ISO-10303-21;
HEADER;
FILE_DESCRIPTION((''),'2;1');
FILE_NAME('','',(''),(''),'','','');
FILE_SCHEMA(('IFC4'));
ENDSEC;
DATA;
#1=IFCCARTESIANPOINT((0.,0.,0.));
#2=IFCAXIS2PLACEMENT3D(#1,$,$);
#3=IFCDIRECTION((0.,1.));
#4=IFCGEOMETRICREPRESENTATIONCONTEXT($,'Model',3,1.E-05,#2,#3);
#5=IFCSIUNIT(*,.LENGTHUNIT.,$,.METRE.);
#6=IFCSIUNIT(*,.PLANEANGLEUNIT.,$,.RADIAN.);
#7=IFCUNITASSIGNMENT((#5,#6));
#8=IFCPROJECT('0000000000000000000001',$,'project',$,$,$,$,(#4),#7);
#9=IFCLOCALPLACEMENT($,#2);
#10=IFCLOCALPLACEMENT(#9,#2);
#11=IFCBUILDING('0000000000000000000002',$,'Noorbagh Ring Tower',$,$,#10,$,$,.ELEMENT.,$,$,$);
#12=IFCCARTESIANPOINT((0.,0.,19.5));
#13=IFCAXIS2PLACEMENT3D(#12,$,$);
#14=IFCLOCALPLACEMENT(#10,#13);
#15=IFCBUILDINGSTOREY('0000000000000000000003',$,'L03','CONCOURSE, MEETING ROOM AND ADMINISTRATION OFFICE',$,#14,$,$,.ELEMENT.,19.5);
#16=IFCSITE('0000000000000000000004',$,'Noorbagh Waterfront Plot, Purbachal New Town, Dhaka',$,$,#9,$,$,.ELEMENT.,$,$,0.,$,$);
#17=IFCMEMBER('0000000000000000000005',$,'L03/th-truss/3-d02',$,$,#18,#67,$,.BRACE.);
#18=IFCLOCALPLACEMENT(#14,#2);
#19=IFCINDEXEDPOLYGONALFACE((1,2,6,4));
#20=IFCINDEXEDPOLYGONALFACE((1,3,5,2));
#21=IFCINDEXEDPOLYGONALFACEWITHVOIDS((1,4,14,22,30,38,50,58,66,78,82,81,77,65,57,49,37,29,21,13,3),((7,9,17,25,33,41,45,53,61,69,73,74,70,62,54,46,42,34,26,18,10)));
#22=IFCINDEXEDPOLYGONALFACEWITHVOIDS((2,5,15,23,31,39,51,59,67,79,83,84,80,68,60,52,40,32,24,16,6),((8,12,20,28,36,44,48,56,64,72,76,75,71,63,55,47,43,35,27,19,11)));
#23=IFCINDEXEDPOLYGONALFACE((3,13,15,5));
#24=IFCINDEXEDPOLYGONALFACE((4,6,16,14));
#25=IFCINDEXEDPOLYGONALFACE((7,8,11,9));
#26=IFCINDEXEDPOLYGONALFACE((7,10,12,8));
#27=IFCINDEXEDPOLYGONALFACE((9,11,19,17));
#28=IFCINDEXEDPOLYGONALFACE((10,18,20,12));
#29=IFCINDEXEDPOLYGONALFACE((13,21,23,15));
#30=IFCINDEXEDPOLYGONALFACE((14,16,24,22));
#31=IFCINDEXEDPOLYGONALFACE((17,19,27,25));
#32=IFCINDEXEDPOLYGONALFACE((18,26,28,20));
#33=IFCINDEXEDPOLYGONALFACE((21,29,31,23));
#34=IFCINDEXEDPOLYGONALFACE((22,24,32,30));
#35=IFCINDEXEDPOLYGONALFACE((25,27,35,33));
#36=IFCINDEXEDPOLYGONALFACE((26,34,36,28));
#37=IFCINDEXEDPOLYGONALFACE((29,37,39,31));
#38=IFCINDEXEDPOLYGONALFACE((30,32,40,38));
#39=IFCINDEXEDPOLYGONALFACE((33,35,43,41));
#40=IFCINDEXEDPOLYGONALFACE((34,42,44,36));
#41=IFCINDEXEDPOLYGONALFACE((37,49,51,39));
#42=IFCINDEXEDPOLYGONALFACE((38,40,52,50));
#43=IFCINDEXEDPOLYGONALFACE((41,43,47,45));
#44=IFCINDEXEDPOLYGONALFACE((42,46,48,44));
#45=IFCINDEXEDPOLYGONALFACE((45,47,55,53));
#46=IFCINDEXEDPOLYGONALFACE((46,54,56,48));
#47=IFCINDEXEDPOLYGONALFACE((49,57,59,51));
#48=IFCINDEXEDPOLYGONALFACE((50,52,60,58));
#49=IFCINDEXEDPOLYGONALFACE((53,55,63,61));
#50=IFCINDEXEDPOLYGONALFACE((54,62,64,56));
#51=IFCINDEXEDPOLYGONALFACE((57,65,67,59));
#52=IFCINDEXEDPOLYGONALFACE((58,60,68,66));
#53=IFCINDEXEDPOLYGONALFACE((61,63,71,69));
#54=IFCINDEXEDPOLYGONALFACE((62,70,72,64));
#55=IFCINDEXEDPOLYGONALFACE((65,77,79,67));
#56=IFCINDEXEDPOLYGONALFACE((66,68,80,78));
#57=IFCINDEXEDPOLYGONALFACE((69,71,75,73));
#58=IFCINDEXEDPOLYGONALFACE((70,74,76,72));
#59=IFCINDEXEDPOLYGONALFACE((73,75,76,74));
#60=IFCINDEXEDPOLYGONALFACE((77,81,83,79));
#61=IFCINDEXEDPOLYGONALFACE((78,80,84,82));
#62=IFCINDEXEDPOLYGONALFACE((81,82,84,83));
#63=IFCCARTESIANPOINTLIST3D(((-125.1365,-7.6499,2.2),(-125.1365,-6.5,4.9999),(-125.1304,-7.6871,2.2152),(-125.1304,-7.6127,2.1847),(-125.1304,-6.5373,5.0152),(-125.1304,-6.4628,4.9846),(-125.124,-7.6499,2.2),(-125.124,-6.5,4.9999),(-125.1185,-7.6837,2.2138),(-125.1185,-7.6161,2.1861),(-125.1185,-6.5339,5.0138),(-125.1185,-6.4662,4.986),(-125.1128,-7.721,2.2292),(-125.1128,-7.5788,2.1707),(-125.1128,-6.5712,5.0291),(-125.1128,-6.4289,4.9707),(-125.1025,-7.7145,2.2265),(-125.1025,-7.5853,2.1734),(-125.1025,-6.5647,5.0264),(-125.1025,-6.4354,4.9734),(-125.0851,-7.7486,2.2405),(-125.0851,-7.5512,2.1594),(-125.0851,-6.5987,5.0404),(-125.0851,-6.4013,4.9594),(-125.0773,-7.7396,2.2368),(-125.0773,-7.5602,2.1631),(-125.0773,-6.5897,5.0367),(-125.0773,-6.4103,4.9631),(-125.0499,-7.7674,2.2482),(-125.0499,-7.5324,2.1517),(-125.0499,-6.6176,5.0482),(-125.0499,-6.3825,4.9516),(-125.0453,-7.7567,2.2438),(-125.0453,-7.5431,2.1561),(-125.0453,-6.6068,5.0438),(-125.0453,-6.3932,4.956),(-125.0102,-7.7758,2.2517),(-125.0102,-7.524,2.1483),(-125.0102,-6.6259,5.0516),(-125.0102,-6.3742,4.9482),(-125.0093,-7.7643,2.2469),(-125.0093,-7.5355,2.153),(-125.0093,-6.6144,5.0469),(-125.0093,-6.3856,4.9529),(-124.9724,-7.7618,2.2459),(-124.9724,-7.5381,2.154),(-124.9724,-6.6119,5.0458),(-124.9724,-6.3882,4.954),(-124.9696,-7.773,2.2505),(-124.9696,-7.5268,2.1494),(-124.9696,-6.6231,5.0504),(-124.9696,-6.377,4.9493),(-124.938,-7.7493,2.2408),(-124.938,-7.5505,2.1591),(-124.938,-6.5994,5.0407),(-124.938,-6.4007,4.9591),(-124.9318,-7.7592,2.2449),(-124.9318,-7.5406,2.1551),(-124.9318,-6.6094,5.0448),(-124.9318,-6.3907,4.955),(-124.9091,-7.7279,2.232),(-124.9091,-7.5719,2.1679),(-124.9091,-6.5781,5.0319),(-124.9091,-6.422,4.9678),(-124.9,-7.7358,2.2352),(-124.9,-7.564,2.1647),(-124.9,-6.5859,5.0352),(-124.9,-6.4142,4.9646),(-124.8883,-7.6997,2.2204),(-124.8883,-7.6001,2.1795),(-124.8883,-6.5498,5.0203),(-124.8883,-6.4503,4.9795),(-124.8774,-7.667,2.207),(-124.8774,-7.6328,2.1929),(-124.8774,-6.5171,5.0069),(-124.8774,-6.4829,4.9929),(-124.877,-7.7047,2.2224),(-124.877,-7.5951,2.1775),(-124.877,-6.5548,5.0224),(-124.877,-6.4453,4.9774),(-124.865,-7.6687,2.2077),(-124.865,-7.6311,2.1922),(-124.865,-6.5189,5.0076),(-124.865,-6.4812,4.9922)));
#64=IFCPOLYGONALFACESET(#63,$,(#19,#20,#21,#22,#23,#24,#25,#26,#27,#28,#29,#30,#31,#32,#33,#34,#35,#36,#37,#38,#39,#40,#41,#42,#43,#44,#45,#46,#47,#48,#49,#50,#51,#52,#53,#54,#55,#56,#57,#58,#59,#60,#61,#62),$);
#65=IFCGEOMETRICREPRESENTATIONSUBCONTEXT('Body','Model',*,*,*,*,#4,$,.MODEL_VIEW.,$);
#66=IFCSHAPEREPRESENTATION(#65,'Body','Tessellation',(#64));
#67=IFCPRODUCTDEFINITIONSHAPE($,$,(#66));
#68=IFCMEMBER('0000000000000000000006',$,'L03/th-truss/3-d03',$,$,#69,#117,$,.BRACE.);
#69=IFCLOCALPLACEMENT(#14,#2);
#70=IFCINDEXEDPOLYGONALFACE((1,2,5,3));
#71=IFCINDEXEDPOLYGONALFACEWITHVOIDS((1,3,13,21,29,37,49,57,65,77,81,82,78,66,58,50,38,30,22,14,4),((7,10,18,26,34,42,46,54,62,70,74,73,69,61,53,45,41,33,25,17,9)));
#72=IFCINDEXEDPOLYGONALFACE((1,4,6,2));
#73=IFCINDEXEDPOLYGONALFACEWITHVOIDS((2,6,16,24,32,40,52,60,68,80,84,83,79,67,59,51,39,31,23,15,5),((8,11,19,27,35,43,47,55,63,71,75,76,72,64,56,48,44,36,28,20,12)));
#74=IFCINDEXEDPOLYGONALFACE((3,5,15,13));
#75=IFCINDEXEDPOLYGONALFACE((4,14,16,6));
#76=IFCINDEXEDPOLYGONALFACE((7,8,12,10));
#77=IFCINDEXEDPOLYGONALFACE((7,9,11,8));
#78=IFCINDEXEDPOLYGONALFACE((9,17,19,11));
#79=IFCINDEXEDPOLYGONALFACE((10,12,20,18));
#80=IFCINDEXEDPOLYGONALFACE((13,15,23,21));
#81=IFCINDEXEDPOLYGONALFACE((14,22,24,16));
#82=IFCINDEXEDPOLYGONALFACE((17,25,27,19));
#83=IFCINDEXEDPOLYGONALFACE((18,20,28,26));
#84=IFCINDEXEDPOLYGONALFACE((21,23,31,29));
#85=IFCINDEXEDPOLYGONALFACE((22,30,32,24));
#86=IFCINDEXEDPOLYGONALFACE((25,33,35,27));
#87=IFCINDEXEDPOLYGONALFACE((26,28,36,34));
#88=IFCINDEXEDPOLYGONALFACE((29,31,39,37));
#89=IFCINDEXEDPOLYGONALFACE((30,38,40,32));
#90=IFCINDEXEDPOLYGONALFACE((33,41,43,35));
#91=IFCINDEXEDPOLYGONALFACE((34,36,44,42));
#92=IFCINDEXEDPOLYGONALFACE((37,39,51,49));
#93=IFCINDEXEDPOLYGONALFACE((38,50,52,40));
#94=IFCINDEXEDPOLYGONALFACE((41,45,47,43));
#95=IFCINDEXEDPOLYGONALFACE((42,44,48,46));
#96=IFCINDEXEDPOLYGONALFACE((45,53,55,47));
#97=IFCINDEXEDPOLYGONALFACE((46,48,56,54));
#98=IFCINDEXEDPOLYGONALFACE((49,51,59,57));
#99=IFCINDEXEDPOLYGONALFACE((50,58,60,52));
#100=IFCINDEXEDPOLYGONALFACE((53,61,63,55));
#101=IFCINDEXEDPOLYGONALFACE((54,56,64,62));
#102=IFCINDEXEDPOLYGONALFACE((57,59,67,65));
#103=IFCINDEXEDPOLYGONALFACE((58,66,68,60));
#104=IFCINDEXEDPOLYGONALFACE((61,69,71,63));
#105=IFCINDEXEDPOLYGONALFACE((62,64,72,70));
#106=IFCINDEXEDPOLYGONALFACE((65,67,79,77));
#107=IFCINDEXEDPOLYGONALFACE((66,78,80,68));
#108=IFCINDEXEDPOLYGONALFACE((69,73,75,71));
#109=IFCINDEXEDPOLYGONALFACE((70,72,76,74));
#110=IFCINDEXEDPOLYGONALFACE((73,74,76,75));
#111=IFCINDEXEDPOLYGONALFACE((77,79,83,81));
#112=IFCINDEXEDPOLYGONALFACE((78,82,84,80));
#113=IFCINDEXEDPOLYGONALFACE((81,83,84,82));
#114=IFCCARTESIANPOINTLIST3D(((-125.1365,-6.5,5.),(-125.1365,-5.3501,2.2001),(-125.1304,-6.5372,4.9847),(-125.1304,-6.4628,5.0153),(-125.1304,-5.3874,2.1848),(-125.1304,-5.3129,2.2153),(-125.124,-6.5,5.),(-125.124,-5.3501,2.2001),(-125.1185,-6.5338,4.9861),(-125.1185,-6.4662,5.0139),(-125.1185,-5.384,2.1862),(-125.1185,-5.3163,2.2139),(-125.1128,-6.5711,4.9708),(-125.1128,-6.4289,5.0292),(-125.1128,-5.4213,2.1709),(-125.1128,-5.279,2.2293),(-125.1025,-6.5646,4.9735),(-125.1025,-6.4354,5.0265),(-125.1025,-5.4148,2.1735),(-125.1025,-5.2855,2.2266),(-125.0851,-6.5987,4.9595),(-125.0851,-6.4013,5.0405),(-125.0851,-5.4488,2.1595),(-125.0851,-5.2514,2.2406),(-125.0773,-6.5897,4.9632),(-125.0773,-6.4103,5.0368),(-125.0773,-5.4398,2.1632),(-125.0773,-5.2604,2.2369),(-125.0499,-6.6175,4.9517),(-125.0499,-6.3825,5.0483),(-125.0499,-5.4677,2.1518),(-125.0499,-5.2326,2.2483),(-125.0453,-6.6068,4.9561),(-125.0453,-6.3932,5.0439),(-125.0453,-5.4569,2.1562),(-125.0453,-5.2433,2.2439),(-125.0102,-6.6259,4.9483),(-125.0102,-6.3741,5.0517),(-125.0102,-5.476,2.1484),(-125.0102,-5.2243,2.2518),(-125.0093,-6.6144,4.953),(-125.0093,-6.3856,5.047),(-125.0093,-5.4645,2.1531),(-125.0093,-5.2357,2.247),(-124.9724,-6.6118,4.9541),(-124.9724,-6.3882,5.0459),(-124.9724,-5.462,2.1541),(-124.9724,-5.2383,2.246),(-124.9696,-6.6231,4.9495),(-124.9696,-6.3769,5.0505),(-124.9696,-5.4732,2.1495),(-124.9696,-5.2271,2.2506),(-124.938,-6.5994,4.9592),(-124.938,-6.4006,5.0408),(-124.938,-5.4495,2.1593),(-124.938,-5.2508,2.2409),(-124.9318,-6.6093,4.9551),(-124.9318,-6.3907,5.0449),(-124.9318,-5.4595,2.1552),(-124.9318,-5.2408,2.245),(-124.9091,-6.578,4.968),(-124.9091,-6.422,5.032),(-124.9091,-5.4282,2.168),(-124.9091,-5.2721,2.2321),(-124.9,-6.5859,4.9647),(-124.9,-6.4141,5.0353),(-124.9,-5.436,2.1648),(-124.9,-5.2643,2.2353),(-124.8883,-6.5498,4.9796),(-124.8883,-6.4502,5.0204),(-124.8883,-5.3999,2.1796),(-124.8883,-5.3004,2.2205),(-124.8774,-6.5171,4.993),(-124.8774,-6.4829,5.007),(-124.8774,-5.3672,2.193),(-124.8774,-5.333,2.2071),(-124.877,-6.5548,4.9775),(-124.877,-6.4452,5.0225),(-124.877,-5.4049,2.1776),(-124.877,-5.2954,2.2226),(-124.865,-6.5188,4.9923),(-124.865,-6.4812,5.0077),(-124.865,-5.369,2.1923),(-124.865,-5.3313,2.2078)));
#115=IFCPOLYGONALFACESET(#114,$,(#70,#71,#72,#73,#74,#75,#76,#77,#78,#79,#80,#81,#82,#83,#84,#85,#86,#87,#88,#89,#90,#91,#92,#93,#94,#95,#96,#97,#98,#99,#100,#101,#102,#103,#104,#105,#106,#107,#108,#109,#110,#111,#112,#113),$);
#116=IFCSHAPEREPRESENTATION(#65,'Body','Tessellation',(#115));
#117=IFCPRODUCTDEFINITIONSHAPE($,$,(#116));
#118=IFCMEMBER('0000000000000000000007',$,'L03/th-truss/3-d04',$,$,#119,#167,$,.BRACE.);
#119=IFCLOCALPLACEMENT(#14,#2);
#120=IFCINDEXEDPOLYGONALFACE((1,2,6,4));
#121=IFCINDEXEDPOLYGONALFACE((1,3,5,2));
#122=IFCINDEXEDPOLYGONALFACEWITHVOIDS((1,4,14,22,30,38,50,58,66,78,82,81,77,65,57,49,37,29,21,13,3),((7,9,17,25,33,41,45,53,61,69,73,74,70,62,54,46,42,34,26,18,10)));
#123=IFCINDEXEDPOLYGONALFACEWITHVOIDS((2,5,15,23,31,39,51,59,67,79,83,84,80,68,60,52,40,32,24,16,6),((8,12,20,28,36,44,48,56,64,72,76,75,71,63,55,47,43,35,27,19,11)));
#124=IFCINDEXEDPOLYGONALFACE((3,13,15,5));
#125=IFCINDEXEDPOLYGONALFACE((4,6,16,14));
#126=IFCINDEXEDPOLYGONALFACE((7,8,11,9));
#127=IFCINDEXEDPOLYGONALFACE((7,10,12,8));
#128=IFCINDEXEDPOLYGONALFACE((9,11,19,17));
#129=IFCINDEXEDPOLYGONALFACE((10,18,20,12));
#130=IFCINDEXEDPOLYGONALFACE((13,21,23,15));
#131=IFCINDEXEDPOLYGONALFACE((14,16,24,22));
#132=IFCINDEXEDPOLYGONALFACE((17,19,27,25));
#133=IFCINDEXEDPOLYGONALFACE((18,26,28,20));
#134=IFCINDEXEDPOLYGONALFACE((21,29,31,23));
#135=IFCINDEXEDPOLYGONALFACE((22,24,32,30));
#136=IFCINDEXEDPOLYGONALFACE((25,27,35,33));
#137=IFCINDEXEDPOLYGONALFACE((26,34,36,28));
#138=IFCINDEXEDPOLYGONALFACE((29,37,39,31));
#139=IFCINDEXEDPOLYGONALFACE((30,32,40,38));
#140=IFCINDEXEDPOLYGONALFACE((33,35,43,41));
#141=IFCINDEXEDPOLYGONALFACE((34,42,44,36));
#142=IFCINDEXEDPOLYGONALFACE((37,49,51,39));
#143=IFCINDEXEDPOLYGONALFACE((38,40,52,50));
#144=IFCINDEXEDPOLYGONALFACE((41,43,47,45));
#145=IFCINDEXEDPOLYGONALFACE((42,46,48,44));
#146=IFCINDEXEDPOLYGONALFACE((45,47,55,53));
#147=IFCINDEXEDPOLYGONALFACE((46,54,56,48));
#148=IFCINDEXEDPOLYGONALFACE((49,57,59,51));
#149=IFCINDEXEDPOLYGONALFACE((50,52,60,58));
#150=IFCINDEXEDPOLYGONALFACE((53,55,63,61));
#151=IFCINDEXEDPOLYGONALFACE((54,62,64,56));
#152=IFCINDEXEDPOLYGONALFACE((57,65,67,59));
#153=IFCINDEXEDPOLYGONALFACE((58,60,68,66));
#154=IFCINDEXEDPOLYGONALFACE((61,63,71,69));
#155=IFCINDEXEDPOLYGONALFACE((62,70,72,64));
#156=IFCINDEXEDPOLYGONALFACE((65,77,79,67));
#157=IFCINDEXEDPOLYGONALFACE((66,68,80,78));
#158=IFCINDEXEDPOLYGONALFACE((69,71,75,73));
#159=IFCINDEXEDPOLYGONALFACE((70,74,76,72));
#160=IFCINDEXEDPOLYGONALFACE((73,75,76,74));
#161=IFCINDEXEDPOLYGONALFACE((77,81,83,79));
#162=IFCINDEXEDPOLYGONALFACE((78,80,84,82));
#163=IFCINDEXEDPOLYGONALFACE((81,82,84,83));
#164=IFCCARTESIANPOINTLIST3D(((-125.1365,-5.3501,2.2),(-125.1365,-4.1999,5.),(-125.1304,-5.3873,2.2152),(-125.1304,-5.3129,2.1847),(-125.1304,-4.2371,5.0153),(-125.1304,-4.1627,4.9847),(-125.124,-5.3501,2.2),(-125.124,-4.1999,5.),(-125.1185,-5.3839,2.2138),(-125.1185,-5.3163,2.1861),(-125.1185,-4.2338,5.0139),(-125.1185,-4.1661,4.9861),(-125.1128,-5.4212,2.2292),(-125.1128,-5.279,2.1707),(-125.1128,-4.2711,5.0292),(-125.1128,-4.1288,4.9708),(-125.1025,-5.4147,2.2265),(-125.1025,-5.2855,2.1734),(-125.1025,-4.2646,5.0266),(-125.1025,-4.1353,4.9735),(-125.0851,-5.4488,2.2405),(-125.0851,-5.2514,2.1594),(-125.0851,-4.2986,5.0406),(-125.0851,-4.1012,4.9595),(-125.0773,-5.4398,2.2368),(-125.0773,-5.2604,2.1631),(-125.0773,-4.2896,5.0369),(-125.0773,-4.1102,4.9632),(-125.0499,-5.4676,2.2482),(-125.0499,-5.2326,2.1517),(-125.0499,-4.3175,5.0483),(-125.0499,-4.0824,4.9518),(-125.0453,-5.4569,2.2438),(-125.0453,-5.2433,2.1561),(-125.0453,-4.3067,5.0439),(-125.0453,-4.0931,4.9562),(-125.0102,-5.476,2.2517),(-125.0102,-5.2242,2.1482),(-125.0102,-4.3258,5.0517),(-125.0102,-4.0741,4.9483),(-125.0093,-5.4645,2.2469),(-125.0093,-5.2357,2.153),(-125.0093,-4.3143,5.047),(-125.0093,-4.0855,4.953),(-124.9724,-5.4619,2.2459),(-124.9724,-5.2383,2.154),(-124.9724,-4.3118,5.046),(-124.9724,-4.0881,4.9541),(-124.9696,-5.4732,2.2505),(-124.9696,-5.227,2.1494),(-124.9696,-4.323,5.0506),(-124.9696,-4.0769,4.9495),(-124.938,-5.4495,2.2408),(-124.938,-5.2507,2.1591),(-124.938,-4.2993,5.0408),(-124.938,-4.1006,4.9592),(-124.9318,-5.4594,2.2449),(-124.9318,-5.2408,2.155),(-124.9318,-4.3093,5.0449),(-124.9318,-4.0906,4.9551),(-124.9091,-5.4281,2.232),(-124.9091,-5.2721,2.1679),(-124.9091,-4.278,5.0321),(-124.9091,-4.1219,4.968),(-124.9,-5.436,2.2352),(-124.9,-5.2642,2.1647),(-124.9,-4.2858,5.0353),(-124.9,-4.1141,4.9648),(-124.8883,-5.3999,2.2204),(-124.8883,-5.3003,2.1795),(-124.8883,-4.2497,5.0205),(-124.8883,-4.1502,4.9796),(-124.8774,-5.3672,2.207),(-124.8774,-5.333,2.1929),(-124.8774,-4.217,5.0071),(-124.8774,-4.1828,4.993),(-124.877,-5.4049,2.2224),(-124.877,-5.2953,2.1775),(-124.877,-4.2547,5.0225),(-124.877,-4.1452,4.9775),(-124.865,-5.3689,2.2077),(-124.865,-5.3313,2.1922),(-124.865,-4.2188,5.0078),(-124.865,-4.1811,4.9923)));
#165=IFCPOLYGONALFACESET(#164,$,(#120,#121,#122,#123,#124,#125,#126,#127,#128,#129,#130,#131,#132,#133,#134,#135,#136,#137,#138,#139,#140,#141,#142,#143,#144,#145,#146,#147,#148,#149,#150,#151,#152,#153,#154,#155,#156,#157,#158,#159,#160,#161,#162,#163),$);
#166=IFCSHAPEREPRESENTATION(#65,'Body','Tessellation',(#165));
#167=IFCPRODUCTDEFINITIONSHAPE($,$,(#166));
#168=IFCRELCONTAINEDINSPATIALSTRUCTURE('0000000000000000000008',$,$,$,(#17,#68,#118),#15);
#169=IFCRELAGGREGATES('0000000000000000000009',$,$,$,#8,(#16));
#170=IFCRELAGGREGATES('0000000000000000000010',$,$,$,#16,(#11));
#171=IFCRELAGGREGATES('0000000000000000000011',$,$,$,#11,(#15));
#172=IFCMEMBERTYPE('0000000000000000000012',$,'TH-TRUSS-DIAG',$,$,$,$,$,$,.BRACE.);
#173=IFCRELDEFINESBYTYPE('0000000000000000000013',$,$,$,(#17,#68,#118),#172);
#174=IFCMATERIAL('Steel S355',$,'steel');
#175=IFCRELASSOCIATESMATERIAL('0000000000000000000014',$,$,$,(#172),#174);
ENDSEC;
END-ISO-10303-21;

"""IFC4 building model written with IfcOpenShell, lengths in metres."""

from ifc_helpers import new_model, si_unit, direction, frame, origin, origin_2d, place, context, subcontext, project, spatial, hollow_circle, extrude, material, material_profile, profile_set, type_object, element, save


model = new_model("IFC4")

# Units and contexts
model_context = context("Model", 3, precision=1e-05, world=origin(), true_north=direction((0.0, 1.0)))
body_context = subcontext(model_context, "Body", "Model", "MODEL_VIEW")
ifc_project = project(units=[si_unit("LENGTHUNIT", "METRE"), si_unit("PLANEANGLEUNIT", "RADIAN")], contexts=[model_context])

# Site, building, storey
site_placement = place(None, origin())
site = spatial("IfcSite", under=ifc_project, at=site_placement, Name="Noorbagh Waterfront Plot, Purbachal New Town, Dhaka", CompositionType="ELEMENT", RefElevation=0.0)
building_placement = place(site_placement, origin())
building = spatial("IfcBuilding", under=site, at=building_placement, Name="Noorbagh Ring Tower", CompositionType="ELEMENT")
storey_placement = place(building_placement, frame((0.0, 0.0, 19.5)))
storey = spatial("IfcBuildingStorey", under=building, at=storey_placement, Name="L03", Description="CONCOURSE, MEETING ROOM AND ADMINISTRATION OFFICE", CompositionType="ELEMENT", Elevation=19.5)

# Members
ifc_material_1 = material(Name="Steel S355", Category="steel")
ifc_material_profile_1 = material_profile(ifc_material_1, hollow_circle(Radius=0.1365, WallThickness=0.0125, at=origin_2d()), Name="CHS273x12.5")
ifc_profile_set_1 = profile_set([ifc_material_profile_1], Name="Steel S355")
member_type = type_object("IfcMemberType", Name="TH-TRUSS-DIAG", PredefinedType="BRACE", material=ifc_profile_set_1)
for number, where, z_axis, x_axis, name in (
    (1, (-125.0, -7.6499, 2.2), (0.0, 0.379886, 0.925033), (-1.0, 0.0, 0.0), "L03/th-truss/3-d02"),
    (2, (-125.0, -6.5, 5.0), (0.0, 0.379886, -0.925033), (-1.0, 0.0, 0.0), "L03/th-truss/3-d03"),
):
    element("IfcMember", number, at=place(storey_placement, frame(where, z_axis=z_axis, x_axis=x_axis)), inside=storey, type_object=member_type, Name=name, PredefinedType="BRACE", context=body_context, shape_type="SweptSolid", body=[
        extrude(hollow_circle(Radius=0.1365, WallThickness=0.0125, at=origin_2d()), origin(), (0.0, 0.0, 1.0), 3.0269),
    ])
member_1_placement = place(storey_placement, frame((-125.0, -5.3501, 2.2), z_axis=(0.0, 0.379955, 0.925005), x_axis=(-1.0, 0.0, 0.0)))
element("IfcMember", 3, at=member_1_placement, inside=storey, type_object=member_type, Name="L03/th-truss/3-d04", PredefinedType="BRACE", context=body_context, shape_type="SweptSolid", body=[
    extrude(hollow_circle(Radius=0.1365, WallThickness=0.0125, at=origin_2d()), origin(), (0.0, 0.0, 1.0), 3.0271),
])

save(model, "model.ifc")
